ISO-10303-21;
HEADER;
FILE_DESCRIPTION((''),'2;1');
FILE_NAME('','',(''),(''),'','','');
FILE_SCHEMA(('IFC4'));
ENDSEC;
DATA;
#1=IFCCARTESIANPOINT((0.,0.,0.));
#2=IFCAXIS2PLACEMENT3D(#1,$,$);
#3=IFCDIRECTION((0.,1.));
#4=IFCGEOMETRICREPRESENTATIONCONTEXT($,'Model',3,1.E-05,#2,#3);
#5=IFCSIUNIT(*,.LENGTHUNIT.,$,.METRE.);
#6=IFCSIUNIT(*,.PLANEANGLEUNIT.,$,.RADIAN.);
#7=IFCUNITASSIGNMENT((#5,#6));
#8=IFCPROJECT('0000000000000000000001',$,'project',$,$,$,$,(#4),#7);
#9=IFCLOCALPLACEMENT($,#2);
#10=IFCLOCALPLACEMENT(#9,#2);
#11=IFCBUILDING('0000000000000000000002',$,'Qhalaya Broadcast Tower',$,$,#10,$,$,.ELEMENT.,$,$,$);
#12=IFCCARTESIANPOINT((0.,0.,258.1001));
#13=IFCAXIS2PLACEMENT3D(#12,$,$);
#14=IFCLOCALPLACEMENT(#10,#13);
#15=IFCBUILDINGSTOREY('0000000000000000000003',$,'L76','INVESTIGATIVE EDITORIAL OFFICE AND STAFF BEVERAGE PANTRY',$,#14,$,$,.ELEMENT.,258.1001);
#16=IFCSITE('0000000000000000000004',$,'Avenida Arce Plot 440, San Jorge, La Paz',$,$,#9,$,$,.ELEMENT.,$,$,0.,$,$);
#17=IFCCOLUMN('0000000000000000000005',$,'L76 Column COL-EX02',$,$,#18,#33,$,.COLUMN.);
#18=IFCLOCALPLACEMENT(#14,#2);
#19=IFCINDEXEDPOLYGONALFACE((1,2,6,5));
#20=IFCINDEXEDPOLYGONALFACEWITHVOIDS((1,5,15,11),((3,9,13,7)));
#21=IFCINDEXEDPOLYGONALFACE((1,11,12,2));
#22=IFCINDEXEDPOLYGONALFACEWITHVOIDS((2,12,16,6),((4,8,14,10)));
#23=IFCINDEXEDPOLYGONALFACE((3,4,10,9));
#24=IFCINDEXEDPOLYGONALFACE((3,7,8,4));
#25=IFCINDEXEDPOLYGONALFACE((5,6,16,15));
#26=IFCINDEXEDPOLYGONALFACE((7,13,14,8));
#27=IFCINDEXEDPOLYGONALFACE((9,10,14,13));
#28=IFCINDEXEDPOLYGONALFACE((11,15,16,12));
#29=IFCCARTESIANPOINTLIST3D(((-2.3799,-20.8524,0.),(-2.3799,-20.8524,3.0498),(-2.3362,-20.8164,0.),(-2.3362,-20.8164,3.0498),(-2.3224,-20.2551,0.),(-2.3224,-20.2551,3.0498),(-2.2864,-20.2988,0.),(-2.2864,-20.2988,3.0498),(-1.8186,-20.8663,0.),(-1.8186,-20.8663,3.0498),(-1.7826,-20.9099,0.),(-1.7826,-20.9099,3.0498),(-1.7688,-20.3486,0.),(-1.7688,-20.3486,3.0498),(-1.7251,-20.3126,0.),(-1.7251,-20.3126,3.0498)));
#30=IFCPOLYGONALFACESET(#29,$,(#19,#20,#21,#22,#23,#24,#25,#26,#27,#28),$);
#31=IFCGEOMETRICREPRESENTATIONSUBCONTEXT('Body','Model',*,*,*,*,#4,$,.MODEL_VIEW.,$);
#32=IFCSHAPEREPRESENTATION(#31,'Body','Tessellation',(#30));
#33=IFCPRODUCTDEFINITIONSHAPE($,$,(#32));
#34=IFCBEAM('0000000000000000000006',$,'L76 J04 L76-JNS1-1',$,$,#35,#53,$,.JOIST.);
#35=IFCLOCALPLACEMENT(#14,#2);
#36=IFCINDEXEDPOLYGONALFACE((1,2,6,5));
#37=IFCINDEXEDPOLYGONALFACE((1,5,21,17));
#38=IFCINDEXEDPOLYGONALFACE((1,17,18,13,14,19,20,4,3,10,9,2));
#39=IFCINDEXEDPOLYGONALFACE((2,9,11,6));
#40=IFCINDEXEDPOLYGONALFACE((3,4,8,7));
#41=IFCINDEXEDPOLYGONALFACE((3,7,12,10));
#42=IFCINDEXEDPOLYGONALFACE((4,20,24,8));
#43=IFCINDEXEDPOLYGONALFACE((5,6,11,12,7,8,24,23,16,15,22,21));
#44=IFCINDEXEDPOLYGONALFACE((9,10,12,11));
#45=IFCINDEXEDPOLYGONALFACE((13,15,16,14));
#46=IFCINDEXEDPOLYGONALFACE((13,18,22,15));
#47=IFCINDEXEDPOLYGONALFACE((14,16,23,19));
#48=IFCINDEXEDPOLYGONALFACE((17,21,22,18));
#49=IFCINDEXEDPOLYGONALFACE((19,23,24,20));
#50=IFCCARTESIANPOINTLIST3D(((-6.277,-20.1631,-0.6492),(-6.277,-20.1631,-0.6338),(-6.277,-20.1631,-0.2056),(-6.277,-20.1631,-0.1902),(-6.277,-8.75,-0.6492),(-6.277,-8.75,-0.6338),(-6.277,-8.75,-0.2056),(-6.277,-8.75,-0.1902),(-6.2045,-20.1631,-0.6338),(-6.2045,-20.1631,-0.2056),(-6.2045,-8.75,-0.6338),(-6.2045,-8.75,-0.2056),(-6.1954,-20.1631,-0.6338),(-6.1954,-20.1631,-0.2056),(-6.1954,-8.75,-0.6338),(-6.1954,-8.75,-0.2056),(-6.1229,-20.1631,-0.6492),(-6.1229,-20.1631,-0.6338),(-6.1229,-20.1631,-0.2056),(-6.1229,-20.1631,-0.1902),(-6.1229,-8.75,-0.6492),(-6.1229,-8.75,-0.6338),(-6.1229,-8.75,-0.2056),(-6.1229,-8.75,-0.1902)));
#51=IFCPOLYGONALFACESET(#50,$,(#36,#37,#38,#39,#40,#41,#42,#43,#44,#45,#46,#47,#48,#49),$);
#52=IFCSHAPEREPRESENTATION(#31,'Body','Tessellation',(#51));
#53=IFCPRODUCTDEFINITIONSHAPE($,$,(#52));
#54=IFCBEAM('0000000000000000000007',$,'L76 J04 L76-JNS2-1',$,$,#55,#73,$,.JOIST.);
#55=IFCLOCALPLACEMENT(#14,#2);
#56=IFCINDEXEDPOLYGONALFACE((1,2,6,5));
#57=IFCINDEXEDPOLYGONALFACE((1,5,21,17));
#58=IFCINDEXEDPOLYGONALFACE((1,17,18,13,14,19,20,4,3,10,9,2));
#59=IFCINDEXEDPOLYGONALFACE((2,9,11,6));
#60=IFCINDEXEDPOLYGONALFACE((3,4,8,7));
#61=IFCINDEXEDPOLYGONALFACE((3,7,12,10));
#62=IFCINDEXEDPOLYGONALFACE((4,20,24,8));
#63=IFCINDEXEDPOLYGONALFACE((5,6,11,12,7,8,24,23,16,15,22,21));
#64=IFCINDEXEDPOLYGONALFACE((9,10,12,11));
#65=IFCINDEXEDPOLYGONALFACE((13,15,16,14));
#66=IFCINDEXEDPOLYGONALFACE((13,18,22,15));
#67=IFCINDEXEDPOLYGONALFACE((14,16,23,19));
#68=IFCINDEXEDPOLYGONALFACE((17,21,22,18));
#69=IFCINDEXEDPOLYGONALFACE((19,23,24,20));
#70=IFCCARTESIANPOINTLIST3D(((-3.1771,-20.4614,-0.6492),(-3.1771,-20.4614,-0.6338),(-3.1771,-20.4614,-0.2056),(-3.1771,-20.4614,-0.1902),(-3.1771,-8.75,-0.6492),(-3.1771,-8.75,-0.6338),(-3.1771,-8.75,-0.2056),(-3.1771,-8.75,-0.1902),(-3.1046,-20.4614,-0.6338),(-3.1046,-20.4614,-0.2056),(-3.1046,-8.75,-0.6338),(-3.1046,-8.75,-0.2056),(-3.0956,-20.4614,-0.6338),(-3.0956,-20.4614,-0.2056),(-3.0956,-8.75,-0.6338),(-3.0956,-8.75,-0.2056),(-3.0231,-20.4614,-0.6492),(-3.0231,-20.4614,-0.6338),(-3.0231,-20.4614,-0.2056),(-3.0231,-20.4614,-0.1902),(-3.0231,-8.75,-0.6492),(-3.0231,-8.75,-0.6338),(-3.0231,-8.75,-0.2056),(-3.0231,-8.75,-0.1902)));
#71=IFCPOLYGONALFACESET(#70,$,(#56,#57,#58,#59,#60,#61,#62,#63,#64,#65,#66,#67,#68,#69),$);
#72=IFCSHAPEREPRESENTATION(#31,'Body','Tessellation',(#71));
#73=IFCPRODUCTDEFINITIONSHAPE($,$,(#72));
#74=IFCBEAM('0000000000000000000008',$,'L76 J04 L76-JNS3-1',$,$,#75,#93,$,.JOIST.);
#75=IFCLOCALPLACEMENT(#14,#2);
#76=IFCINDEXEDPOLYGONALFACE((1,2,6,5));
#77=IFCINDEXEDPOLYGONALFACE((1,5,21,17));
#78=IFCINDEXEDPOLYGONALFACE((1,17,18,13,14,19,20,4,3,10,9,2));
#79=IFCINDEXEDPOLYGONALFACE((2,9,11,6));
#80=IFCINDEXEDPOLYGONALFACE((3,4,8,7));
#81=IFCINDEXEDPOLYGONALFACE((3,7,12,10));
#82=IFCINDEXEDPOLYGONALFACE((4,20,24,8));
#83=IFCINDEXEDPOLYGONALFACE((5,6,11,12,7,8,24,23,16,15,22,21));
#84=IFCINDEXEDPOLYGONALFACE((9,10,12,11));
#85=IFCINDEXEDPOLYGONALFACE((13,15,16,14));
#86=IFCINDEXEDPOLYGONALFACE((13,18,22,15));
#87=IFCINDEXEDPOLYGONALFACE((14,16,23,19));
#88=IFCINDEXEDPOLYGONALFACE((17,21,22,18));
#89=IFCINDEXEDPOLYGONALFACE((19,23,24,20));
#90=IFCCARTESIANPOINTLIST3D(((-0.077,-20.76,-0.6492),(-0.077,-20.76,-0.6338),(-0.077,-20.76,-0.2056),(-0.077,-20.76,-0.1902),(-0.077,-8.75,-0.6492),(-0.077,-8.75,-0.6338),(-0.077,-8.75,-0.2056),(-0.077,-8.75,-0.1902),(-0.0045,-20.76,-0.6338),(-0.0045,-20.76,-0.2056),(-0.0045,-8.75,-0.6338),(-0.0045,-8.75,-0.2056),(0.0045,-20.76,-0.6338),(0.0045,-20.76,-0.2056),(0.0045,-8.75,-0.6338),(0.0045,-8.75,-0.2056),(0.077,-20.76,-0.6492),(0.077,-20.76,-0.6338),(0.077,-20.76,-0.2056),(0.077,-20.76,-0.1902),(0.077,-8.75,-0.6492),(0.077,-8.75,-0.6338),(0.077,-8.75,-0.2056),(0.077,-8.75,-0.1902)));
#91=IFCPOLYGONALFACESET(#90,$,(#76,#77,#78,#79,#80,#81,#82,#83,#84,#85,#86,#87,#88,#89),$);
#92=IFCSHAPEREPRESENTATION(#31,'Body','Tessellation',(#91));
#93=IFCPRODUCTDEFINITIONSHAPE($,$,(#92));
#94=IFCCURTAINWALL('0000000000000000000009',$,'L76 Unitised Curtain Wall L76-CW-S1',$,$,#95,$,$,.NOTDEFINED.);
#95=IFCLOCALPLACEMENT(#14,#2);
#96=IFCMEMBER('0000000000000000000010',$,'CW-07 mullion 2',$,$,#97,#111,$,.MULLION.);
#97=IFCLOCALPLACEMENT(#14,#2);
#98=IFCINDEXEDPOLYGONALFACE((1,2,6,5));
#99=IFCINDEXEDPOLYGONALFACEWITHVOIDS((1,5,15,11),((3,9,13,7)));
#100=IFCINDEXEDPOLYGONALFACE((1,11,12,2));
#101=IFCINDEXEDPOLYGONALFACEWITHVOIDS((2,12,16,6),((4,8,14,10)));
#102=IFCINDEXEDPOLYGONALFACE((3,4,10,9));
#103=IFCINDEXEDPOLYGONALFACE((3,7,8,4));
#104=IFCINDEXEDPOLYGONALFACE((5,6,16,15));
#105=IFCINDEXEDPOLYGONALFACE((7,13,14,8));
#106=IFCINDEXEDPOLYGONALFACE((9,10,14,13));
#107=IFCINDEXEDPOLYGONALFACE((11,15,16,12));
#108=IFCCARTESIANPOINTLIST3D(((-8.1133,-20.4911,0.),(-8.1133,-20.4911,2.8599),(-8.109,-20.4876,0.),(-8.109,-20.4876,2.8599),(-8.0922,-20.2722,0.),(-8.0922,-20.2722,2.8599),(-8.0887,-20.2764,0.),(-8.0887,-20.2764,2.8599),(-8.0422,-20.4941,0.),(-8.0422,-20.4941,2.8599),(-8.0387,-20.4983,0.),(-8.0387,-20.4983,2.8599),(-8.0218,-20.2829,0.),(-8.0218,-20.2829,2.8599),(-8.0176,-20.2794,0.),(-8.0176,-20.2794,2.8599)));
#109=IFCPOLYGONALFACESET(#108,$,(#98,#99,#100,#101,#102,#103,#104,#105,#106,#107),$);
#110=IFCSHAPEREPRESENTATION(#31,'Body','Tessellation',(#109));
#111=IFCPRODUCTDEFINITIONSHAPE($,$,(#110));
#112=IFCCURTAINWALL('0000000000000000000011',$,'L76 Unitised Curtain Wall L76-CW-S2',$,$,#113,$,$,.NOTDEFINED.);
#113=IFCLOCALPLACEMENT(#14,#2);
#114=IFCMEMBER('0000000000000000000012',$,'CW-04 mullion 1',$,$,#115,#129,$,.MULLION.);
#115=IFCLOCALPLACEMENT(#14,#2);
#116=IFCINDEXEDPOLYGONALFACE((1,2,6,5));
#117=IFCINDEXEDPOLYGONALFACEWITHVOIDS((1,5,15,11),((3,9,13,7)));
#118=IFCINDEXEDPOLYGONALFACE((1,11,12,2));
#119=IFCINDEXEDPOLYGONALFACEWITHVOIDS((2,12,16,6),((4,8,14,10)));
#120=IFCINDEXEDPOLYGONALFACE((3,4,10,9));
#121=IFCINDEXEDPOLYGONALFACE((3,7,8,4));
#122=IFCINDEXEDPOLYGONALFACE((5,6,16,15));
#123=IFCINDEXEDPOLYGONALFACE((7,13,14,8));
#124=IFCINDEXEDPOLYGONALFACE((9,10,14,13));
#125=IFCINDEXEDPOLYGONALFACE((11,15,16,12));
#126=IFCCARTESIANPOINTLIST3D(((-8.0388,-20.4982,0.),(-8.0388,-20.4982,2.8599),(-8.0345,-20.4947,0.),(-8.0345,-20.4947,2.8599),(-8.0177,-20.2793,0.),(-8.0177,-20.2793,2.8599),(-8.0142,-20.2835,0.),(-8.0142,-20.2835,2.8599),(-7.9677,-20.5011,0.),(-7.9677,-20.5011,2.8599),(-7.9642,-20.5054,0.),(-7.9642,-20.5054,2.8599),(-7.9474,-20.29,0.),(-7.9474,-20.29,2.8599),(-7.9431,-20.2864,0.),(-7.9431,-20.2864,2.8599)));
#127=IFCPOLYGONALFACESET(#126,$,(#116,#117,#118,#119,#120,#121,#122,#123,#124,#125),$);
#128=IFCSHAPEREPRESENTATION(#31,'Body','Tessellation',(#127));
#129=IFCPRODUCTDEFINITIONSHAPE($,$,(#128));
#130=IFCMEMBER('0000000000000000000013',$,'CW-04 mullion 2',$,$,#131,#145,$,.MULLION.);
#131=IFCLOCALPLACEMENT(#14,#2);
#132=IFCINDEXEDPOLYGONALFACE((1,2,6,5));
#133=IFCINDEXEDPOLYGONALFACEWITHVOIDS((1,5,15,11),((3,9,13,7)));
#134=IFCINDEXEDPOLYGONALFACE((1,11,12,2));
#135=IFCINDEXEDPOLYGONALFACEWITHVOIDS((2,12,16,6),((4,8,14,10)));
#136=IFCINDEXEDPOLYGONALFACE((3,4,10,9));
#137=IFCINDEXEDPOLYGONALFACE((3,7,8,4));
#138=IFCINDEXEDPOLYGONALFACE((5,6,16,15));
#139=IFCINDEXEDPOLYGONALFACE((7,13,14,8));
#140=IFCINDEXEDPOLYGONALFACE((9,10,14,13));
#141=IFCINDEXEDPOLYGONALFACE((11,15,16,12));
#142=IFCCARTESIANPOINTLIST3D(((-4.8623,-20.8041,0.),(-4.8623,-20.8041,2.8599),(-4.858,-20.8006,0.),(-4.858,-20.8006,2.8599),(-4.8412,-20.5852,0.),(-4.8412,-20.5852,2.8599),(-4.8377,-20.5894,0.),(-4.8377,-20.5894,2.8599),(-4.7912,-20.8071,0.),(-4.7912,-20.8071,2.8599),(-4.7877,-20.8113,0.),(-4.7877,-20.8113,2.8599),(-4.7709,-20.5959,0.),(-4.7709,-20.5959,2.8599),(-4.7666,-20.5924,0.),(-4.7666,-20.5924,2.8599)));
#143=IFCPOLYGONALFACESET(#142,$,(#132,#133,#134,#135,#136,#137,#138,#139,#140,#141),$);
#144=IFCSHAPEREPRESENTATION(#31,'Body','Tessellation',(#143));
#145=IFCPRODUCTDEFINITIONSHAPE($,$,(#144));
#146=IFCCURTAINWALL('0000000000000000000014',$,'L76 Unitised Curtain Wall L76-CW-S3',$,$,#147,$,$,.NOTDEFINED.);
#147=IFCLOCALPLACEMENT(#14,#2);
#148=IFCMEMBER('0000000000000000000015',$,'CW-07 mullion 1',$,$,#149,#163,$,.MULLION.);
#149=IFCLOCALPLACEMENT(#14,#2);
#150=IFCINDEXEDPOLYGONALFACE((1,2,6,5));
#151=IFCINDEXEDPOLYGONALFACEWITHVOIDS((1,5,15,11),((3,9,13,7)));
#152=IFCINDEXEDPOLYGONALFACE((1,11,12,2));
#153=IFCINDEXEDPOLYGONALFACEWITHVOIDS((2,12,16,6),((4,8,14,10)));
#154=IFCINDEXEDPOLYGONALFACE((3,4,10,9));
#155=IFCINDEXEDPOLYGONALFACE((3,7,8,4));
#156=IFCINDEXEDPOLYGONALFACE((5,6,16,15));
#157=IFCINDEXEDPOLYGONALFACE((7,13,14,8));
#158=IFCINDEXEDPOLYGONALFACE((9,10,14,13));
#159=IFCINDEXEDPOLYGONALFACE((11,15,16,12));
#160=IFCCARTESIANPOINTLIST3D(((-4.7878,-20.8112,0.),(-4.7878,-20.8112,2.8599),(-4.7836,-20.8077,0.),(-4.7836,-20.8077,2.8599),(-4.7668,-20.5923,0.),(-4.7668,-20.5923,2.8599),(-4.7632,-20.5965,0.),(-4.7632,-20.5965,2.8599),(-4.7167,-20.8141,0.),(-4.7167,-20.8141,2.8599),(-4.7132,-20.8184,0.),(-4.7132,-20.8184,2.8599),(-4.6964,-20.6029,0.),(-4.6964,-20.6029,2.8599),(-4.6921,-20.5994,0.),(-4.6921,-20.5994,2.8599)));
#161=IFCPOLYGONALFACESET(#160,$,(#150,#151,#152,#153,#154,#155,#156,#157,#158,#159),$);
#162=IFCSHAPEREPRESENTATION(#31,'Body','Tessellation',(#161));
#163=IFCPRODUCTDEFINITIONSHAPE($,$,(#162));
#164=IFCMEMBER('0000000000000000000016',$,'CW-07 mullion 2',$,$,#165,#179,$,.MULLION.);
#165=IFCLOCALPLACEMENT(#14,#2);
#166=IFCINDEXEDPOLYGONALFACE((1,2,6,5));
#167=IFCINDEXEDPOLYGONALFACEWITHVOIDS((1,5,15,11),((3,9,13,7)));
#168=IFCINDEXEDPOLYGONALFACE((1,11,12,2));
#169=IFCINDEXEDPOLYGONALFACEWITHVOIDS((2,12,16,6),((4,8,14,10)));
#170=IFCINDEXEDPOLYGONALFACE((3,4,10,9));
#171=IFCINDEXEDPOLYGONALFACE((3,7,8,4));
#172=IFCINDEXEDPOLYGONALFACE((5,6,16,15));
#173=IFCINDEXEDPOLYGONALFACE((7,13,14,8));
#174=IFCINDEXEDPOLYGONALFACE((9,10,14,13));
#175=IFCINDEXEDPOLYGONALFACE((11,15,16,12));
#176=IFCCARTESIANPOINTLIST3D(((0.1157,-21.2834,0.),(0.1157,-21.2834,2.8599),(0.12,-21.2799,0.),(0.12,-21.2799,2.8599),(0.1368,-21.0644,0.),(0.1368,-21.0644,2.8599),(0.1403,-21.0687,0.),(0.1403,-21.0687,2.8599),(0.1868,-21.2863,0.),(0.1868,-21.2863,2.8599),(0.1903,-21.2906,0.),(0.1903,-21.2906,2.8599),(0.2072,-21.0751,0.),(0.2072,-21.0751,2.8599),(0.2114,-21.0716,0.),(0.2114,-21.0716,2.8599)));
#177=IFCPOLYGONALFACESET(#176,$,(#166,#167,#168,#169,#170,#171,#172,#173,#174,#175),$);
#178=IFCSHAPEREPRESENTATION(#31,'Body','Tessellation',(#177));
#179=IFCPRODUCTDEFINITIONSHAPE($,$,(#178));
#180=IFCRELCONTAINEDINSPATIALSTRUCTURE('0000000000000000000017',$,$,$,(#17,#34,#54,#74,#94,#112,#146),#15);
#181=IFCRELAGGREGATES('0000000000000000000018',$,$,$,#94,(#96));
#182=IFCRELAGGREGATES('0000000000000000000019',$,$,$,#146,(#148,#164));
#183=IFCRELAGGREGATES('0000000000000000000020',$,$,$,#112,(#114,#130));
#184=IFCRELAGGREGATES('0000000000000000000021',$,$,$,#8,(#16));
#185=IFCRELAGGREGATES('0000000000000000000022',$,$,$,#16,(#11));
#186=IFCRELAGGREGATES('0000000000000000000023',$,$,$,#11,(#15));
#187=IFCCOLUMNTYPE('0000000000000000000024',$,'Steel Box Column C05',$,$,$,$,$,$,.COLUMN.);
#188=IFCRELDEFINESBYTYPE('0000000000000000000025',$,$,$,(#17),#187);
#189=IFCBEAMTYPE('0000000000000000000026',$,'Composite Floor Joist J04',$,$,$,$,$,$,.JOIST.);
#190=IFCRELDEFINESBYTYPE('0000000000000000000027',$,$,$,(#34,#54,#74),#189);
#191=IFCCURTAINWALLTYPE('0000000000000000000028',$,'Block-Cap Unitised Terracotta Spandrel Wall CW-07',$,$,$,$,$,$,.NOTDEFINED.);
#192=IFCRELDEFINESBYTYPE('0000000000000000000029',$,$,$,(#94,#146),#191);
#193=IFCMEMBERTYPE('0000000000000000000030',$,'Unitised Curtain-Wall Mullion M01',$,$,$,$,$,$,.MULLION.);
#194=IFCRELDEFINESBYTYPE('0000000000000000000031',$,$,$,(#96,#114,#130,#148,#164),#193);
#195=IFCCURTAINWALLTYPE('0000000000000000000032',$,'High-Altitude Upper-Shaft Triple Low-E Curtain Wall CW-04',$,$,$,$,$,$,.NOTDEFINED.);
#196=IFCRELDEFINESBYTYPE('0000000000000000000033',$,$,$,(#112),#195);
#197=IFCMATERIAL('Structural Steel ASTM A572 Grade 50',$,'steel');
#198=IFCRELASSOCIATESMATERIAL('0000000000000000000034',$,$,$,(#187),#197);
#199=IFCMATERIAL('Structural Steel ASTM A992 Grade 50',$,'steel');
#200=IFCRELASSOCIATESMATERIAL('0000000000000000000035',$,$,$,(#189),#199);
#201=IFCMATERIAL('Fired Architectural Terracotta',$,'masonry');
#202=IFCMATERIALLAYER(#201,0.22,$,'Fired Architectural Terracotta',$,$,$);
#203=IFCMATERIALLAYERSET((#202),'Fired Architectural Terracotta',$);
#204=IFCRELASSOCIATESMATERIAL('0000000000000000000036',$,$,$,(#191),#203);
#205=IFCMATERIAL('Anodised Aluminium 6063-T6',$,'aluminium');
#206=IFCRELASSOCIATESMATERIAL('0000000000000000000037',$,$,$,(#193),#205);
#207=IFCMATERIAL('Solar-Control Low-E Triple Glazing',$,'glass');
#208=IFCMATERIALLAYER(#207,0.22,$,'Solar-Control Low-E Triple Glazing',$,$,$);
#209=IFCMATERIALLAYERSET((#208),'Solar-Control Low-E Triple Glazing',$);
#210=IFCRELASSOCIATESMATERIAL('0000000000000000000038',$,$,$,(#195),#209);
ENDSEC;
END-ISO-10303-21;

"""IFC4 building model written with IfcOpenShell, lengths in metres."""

from ifc_helpers import new_model, si_unit, direction, frame, origin, origin_2d, place, context, subcontext, project, spatial, hollow_rectangle, i_section, extrude, material, layer, layer_set, material_profile, profile_set, type_object, element, aggregate, save


model = new_model("IFC4")

# Units and contexts
model_context = context("Model", 3, precision=1e-05, world=origin(), true_north=direction((0.0, 1.0)))
body_context = subcontext(model_context, "Body", "Model", "MODEL_VIEW")
ifc_project = project(units=[si_unit("LENGTHUNIT", "METRE"), si_unit("PLANEANGLEUNIT", "RADIAN")], contexts=[model_context])

# Site, building, storey
site_placement = place(None, origin())
site = spatial("IfcSite", under=ifc_project, at=site_placement, Name="Avenida Arce Plot 440, San Jorge, La Paz", CompositionType="ELEMENT", RefElevation=0.0)
building_placement = place(site_placement, origin())
building = spatial("IfcBuilding", under=site, at=building_placement, Name="Qhalaya Broadcast Tower", CompositionType="ELEMENT")
storey_placement = place(building_placement, frame((0.0, 0.0, 258.1001)))
storey = spatial("IfcBuildingStorey", under=building, at=storey_placement, Name="L76", Description="INVESTIGATIVE EDITORIAL OFFICE AND STAFF BEVERAGE PANTRY", CompositionType="ELEMENT", Elevation=258.1001)

# Column
ifc_material_1 = material(Name="Structural Steel ASTM A572 Grade 50", Category="steel")
ifc_material_profile_1 = material_profile(ifc_material_1, hollow_rectangle(XDim=0.6001, YDim=0.6001, WallThickness=0.04, at=origin_2d()), Name="BOX 600x600x40")
ifc_profile_set_1 = profile_set([ifc_material_profile_1], Name="Structural Steel ASTM A572 Grade 50")
column_type = type_object("IfcColumnType", Name="Steel Box Column C05", PredefinedType="COLUMN", material=ifc_profile_set_1)
column_placement = place(storey_placement, frame((-2.0525, -20.5825, 0.0), z_axis=(0.0, 0.0, 1.0), x_axis=(0.995396, -0.095846, 0.0)))
element("IfcColumn", 1, at=column_placement, inside=storey, type_object=column_type, Name="L76 Column COL-EX02", PredefinedType="COLUMN", context=body_context, shape_type="SweptSolid", body=[
    extrude(hollow_rectangle(XDim=0.6001, YDim=0.6001, WallThickness=0.04, at=origin_2d()), origin(), (0.0, 0.0, 1.0), 3.0498),
])

# Beams
ifc_material_2 = material(Name="Structural Steel ASTM A992 Grade 50", Category="steel")
ifc_material_profile_2 = material_profile(ifc_material_2, i_section(OverallWidth=0.1541, OverallDepth=0.459, WebThickness=0.009, FlangeThickness=0.0154, at=origin_2d()), Name="W18X46")
ifc_profile_set_2 = profile_set([ifc_material_profile_2], Name="Structural Steel ASTM A992 Grade 50")
beam_type_1 = type_object("IfcBeamType", Name="Composite Floor Joist J04", PredefinedType="JOIST", material=ifc_profile_set_2)
beam_1_placement = place(storey_placement, frame((-6.2, -20.1631, -0.4197), z_axis=(0.0, 1.0, 0.0), x_axis=(-1.0, 0.0, 0.0)))
element("IfcBeam", 2, at=beam_1_placement, inside=storey, type_object=beam_type_1, Name="L76 J04 L76-JNS1-1", PredefinedType="JOIST", context=body_context, shape_type="SweptSolid", body=[
    extrude(i_section(OverallWidth=0.1541, OverallDepth=0.459, WebThickness=0.009, FlangeThickness=0.0154, at=origin_2d()), origin(), (0.0, 0.0, 1.0), 11.4131),
])
beam_2_placement = place(storey_placement, frame((-3.1001, -20.4614, -0.4197), z_axis=(0.0, 1.0, 0.0), x_axis=(-1.0, 0.0, 0.0)))
element("IfcBeam", 3, at=beam_2_placement, inside=storey, type_object=beam_type_1, Name="L76 J04 L76-JNS2-1", PredefinedType="JOIST", context=body_context, shape_type="SweptSolid", body=[
    extrude(i_section(OverallWidth=0.1541, OverallDepth=0.459, WebThickness=0.009, FlangeThickness=0.0154, at=origin_2d()), origin(), (0.0, 0.0, 1.0), 11.7114),
])
beam_3_placement = place(storey_placement, frame((0.0, -20.76, -0.4197), z_axis=(0.0, 1.0, 0.0), x_axis=(-1.0, 0.0, 0.0)))
element("IfcBeam", 4, at=beam_3_placement, inside=storey, type_object=beam_type_1, Name="L76 J04 L76-JNS3-1", PredefinedType="JOIST", context=body_context, shape_type="SweptSolid", body=[
    extrude(i_section(OverallWidth=0.1541, OverallDepth=0.459, WebThickness=0.009, FlangeThickness=0.0154, at=origin_2d()), origin(), (0.0, 0.0, 1.0), 12.01),
])

# Curtain wall, member
ifc_material_3 = material(Name="Fired Architectural Terracotta", Category="masonry")
ifc_layer_1 = layer(ifc_material_3, 0.22, Name="Fired Architectural Terracotta")
ifc_layer_set_1 = layer_set([ifc_layer_1], Name="Fired Architectural Terracotta")
curtain_wall_type_1 = type_object("IfcCurtainWallType", Name="Block-Cap Unitised Terracotta Spandrel Wall CW-07", PredefinedType="NOTDEFINED", material=ifc_layer_set_1)
curtain_wall_1_placement = place(storey_placement, origin())
curtain_wall_1 = element("IfcCurtainWall", 5, at=curtain_wall_1_placement, inside=storey, type_object=curtain_wall_type_1, Name="L76 Unitised Curtain Wall L76-CW-S1", PredefinedType="NOTDEFINED")
ifc_material_4 = material(Name="Anodised Aluminium 6063-T6", Category="aluminium")
ifc_material_profile_3 = material_profile(ifc_material_4, hollow_rectangle(XDim=0.075, YDim=0.22, WallThickness=0.0039, at=origin_2d()), Name="ALU-MUL 75x220x4")
ifc_profile_set_3 = profile_set([ifc_material_profile_3], Name="Anodised Aluminium 6063-T6")
member_type_1 = type_object("IfcMemberType", Name="Unitised Curtain-Wall Mullion M01", PredefinedType="MULLION", material=ifc_profile_set_3)
member_1_placement = place(storey_placement, frame((-8.0654, -20.3853, 0.0), z_axis=(0.0, 0.0, 1.0), x_axis=(0.995396, -0.095844, 0.0)))
member_1 = element("IfcMember", 6, at=member_1_placement, type_object=member_type_1, Name="CW-07 mullion 2", PredefinedType="MULLION", context=body_context, shape_type="SweptSolid", body=[
    extrude(hollow_rectangle(XDim=0.075, YDim=0.22, WallThickness=0.0039, at=origin_2d()), origin(), (0.0, 0.0, 1.0), 2.8599),
])

# Curtain walls, members
ifc_material_5 = material(Name="Solar-Control Low-E Triple Glazing", Category="glass")
ifc_layer_2 = layer(ifc_material_5, 0.22, Name="Solar-Control Low-E Triple Glazing")
ifc_layer_set_2 = layer_set([ifc_layer_2], Name="Solar-Control Low-E Triple Glazing")
curtain_wall_type_2 = type_object("IfcCurtainWallType", Name="High-Altitude Upper-Shaft Triple Low-E Curtain Wall CW-04", PredefinedType="NOTDEFINED", material=ifc_layer_set_2)
curtain_wall_2_placement = place(storey_placement, origin())
curtain_wall_2 = element("IfcCurtainWall", 7, at=curtain_wall_2_placement, inside=storey, type_object=curtain_wall_type_2, Name="L76 Unitised Curtain Wall L76-CW-S2", PredefinedType="NOTDEFINED")
member_2_placement = place(storey_placement, frame((-7.991, -20.3923, 0.0), z_axis=(0.0, 0.0, 1.0), x_axis=(0.995397, -0.095835, 0.0)))
member_2 = element("IfcMember", 8, at=member_2_placement, type_object=member_type_1, Name="CW-04 mullion 1", PredefinedType="MULLION", context=body_context, shape_type="SweptSolid", body=[
    extrude(hollow_rectangle(XDim=0.075, YDim=0.22, WallThickness=0.0039, at=origin_2d()), origin(), (0.0, 0.0, 1.0), 2.8599),
])
member_3_placement = place(storey_placement, frame((-4.8145, -20.6982, 0.0), z_axis=(0.0, 0.0, 1.0), x_axis=(0.995397, -0.095835, 0.0)))
member_3 = element("IfcMember", 9, at=member_3_placement, type_object=member_type_1, Name="CW-04 mullion 2", PredefinedType="MULLION", context=body_context, shape_type="SweptSolid", body=[
    extrude(hollow_rectangle(XDim=0.075, YDim=0.22, WallThickness=0.0039, at=origin_2d()), origin(), (0.0, 0.0, 1.0), 2.8599),
])
curtain_wall_3_placement = place(storey_placement, origin())
curtain_wall_3 = element("IfcCurtainWall", 10, at=curtain_wall_3_placement, inside=storey, type_object=curtain_wall_type_1, Name="L76 Unitised Curtain Wall L76-CW-S3", PredefinedType="NOTDEFINED")
member_4_placement = place(storey_placement, frame((-4.74, -20.7053, 0.0), z_axis=(0.0, 0.0, 1.0), x_axis=(0.995395, -0.09586, 0.0)))
member_4 = element("IfcMember", 11, at=member_4_placement, type_object=member_type_1, Name="CW-07 mullion 1", PredefinedType="MULLION", context=body_context, shape_type="SweptSolid", body=[
    extrude(hollow_rectangle(XDim=0.075, YDim=0.22, WallThickness=0.0039, at=origin_2d()), origin(), (0.0, 0.0, 1.0), 2.8599),
])
member_5_placement = place(storey_placement, frame((0.1636, -21.1775, 0.0), z_axis=(0.0, 0.0, 1.0), x_axis=(0.995395, -0.09586, 0.0)))
member_5 = element("IfcMember", 12, at=member_5_placement, type_object=member_type_1, Name="CW-07 mullion 2", PredefinedType="MULLION", context=body_context, shape_type="SweptSolid", body=[
    extrude(hollow_rectangle(XDim=0.075, YDim=0.22, WallThickness=0.0039, at=origin_2d()), origin(), (0.0, 0.0, 1.0), 2.8599),
])

aggregate(curtain_wall_1, [member_1])
aggregate(curtain_wall_3, [member_4, member_5])
aggregate(curtain_wall_2, [member_2, member_3])

save(model, "model.ifc")
